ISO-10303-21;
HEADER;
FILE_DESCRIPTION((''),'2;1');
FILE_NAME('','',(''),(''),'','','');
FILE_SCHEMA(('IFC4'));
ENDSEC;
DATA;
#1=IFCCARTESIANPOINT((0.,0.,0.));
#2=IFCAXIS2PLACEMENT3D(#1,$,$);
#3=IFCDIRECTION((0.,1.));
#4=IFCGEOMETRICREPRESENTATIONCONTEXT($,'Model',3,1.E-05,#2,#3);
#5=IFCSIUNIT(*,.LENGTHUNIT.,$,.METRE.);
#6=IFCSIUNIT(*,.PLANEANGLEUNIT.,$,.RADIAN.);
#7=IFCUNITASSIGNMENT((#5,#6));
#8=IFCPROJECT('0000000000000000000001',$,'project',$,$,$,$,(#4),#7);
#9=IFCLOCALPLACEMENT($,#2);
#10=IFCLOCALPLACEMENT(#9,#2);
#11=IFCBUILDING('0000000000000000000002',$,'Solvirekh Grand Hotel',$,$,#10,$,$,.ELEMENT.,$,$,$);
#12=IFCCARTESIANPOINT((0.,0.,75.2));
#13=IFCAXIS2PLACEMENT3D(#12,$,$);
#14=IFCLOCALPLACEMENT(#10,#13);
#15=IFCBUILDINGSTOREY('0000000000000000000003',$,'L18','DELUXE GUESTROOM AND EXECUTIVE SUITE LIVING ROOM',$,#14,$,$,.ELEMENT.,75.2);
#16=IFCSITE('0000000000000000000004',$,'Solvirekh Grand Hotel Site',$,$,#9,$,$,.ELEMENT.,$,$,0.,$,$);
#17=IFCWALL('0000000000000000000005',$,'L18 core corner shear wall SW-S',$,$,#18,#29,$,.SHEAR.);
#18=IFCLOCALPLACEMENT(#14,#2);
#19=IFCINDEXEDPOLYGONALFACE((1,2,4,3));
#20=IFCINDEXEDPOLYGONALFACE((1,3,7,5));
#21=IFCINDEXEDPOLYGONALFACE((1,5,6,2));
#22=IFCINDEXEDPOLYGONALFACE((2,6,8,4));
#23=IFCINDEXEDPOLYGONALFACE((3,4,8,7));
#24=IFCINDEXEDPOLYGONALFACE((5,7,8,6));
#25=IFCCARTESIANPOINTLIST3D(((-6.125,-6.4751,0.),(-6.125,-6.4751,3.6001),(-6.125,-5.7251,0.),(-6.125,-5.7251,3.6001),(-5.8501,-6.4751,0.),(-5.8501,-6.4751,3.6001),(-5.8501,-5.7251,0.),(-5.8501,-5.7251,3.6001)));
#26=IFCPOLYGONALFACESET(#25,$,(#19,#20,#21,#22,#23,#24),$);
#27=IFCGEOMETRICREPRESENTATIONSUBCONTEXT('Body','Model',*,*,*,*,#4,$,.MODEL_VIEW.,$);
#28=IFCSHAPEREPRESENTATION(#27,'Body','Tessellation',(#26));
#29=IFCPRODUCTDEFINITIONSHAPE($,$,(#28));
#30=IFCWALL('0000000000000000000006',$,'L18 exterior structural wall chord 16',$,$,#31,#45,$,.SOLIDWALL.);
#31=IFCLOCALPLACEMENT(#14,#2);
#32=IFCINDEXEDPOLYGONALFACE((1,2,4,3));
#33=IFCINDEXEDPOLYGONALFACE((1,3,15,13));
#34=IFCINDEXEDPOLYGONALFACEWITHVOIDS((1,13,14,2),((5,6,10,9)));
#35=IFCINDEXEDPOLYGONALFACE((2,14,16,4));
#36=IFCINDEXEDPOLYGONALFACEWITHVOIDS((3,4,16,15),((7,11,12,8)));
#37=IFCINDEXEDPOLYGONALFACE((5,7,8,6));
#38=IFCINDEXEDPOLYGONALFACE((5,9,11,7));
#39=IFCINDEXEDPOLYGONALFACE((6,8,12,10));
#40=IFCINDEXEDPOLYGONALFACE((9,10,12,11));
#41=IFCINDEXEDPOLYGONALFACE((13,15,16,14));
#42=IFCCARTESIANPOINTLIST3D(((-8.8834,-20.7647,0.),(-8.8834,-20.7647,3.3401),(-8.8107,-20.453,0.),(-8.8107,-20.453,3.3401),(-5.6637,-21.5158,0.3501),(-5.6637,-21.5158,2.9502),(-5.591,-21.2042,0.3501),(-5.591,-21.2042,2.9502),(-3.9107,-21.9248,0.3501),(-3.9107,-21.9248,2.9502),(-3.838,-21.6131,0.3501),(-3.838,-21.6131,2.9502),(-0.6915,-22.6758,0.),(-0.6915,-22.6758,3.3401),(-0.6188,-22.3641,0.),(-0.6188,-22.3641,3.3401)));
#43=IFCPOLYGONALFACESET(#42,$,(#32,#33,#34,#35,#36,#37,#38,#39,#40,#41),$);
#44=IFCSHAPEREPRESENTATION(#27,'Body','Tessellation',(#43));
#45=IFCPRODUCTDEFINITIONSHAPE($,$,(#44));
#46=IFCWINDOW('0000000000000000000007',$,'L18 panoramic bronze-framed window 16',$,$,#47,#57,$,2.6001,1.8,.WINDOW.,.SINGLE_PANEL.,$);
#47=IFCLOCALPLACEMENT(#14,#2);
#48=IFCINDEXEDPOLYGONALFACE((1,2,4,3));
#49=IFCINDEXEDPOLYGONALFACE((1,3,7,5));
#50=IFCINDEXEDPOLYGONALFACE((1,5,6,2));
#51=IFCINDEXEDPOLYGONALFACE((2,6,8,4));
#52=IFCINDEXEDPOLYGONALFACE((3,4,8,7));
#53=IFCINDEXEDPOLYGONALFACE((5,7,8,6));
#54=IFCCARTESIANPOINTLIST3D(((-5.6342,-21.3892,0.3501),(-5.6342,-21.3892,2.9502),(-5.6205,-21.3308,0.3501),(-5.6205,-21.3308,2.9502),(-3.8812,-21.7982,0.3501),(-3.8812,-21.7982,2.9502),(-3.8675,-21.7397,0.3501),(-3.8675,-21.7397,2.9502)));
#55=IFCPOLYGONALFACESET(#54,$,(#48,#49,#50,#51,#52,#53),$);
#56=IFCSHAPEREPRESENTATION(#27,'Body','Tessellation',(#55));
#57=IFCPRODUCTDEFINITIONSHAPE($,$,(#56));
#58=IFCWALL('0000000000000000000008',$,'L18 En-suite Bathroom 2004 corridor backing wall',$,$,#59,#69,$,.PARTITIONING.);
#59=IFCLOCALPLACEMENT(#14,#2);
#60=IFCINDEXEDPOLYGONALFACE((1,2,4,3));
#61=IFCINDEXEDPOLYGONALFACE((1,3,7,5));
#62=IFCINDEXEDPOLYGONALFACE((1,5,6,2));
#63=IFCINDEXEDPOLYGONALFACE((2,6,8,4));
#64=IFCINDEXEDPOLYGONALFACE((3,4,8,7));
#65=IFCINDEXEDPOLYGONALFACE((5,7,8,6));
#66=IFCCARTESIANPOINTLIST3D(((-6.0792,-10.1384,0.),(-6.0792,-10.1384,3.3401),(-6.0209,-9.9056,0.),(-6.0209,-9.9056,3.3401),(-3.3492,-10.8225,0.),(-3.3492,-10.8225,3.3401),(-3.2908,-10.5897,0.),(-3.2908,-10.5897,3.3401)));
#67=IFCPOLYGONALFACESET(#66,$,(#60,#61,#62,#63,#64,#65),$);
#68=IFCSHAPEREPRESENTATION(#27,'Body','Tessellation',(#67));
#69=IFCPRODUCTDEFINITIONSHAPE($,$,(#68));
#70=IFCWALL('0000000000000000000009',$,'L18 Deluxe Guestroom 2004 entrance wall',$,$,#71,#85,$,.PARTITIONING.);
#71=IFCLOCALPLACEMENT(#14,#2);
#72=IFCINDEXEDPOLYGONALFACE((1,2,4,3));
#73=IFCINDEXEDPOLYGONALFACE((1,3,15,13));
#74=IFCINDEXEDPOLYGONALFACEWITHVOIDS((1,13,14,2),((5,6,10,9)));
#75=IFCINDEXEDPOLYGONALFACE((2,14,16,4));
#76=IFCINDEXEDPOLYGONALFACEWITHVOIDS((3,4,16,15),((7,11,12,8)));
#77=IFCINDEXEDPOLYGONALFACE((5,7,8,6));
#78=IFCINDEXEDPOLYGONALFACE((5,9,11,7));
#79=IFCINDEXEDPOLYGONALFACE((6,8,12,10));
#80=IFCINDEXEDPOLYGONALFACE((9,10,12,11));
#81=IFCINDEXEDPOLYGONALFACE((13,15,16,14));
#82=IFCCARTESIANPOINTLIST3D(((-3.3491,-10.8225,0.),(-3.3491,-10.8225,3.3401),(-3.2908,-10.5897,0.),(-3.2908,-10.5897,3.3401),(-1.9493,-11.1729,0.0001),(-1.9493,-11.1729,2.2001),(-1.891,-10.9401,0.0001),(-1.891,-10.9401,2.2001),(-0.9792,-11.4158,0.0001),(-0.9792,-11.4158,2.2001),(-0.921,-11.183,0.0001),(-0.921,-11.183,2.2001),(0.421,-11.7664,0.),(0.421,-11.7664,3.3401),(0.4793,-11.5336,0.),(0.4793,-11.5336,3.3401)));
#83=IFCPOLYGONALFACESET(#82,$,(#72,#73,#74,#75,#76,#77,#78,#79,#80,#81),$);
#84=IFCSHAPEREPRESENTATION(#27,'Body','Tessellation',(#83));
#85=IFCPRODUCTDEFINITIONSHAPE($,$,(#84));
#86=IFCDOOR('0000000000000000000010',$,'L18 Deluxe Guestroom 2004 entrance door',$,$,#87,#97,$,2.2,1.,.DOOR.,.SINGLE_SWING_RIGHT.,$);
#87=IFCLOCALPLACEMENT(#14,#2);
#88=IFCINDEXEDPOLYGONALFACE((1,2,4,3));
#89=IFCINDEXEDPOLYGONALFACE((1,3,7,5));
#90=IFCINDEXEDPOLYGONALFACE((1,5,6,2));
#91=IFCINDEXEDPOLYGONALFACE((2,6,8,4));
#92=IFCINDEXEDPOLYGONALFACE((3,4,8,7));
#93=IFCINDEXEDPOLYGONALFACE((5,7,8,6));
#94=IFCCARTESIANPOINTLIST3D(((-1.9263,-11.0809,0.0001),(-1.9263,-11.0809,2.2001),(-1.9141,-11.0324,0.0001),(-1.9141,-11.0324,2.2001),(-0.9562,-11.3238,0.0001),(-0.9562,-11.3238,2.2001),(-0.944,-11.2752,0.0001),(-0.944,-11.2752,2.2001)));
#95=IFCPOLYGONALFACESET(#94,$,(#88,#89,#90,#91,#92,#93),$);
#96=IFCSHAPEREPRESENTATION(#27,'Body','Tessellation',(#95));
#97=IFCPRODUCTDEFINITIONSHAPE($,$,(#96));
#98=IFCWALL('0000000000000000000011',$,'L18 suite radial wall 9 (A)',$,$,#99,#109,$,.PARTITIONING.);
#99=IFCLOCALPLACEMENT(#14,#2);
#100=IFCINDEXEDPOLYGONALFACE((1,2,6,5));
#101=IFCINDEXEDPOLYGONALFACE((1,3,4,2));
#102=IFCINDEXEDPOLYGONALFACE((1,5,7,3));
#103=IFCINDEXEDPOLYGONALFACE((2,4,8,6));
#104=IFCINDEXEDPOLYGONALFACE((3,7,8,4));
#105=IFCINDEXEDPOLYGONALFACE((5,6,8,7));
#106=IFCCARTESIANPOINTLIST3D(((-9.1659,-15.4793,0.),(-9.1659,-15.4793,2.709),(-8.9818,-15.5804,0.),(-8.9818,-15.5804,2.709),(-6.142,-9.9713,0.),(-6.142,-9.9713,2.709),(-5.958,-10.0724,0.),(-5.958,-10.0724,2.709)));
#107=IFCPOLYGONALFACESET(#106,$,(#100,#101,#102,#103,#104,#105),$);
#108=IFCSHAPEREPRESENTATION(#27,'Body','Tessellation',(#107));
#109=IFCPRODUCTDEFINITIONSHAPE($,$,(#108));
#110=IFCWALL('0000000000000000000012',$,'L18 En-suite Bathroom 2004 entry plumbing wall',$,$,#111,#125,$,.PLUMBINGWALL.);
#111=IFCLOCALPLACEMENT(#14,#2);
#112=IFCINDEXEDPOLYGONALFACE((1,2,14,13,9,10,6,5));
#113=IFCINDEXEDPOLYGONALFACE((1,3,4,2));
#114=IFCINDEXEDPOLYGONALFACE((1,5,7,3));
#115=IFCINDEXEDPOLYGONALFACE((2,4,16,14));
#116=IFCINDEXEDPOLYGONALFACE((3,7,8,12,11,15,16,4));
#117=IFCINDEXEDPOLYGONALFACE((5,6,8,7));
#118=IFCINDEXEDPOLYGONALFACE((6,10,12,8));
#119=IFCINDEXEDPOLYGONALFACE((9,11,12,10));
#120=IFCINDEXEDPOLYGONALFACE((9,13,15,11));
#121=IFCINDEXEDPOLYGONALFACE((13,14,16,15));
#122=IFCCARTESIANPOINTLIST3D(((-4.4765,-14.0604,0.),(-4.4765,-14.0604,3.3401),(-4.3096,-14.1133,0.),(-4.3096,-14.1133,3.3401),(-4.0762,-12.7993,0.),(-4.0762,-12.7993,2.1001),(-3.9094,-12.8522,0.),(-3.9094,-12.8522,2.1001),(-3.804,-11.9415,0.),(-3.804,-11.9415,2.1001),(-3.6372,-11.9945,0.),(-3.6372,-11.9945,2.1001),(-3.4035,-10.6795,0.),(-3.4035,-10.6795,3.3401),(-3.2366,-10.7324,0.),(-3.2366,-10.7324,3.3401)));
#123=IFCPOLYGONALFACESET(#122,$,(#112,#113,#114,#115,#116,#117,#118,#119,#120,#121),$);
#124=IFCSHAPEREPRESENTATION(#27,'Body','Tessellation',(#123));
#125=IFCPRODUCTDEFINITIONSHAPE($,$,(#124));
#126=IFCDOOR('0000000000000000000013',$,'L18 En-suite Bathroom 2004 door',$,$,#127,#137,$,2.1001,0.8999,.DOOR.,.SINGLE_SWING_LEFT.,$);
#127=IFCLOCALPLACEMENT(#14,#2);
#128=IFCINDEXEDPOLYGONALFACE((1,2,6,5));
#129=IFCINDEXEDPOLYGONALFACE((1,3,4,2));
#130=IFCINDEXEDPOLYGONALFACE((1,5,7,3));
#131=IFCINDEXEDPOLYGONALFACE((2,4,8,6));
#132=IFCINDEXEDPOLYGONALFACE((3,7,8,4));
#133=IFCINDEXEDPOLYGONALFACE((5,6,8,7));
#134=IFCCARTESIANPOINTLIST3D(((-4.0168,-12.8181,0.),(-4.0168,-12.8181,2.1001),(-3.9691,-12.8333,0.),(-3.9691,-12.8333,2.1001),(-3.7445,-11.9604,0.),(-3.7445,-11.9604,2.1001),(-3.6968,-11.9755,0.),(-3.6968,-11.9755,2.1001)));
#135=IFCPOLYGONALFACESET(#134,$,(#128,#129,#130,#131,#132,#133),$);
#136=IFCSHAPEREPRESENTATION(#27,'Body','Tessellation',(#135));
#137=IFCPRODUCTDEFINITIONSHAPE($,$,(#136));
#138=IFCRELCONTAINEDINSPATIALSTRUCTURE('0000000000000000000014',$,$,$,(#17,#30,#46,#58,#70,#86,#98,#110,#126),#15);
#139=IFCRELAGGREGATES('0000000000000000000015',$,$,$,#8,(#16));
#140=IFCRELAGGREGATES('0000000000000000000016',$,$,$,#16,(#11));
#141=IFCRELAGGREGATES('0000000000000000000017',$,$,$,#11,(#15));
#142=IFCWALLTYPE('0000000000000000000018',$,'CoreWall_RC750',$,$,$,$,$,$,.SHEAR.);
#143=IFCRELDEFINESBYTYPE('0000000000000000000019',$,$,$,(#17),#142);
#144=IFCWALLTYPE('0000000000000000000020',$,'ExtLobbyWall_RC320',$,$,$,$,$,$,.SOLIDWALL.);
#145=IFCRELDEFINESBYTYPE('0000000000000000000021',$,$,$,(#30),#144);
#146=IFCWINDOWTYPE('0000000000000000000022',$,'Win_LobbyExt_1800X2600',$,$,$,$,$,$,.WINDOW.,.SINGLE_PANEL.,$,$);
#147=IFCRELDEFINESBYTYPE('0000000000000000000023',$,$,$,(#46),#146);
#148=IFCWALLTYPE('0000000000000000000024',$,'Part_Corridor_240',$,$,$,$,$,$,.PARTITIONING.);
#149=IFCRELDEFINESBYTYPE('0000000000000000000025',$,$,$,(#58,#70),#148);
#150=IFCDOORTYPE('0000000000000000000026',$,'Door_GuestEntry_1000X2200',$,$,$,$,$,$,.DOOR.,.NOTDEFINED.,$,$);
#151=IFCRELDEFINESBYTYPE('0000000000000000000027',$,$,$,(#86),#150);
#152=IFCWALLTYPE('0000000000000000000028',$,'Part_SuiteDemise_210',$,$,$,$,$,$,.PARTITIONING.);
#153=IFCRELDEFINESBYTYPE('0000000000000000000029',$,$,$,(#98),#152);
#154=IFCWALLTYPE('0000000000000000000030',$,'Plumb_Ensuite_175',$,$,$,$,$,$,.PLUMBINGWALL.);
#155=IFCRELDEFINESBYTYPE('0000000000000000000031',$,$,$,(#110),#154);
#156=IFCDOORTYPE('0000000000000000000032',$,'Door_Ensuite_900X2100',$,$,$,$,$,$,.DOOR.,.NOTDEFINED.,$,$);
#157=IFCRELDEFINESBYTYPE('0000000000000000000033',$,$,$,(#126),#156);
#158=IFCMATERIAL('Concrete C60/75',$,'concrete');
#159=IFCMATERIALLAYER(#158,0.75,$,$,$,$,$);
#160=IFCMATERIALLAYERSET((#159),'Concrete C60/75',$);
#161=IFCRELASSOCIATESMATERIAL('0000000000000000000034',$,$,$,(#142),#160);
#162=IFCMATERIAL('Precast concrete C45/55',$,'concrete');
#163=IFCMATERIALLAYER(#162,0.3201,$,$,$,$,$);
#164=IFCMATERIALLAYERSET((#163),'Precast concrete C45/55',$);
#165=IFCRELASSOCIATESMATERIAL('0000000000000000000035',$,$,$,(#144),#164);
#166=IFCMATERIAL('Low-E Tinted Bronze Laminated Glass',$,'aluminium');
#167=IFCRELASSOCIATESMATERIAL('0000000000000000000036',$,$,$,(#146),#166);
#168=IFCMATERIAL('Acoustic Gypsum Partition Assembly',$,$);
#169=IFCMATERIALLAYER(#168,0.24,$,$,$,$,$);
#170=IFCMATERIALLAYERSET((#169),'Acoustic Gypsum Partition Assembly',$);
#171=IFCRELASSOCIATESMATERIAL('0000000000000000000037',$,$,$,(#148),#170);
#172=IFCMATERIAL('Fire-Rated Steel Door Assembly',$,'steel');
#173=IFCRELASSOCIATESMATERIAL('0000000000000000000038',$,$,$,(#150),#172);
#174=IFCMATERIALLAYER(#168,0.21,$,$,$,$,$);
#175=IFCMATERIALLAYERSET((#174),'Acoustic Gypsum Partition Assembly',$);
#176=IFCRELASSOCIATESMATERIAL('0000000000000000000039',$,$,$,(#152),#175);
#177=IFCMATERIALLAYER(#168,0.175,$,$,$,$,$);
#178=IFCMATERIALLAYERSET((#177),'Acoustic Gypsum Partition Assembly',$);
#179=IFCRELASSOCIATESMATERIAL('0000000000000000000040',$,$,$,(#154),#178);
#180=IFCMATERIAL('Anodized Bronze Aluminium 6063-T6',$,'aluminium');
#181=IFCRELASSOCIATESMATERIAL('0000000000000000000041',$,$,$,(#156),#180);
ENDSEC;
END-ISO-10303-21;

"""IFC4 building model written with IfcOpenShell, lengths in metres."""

from ifc_helpers import new_model, si_unit, direction, frame, frame_2d, origin, place, context, subcontext, project, spatial, rectangle, extrude, material, layer, layer_set, type_object, element, fill, save


model = new_model("IFC4")

# Units and contexts
model_context = context("Model", 3, precision=1e-05, world=origin(), true_north=direction((0.0, 1.0)))
body_context = subcontext(model_context, "Body", "Model", "MODEL_VIEW")
ifc_project = project(units=[si_unit("LENGTHUNIT", "METRE"), si_unit("PLANEANGLEUNIT", "RADIAN")], contexts=[model_context])

# Site, building, storey
site_placement = place(None, origin())
site = spatial("IfcSite", under=ifc_project, at=site_placement, Name="Solvirekh Grand Hotel Site", CompositionType="ELEMENT", RefElevation=0.0)
building_placement = place(site_placement, origin())
building = spatial("IfcBuilding", under=site, at=building_placement, Name="Solvirekh Grand Hotel", CompositionType="ELEMENT")
storey_placement = place(building_placement, frame((0.0, 0.0, 75.2)))
storey = spatial("IfcBuildingStorey", under=building, at=storey_placement, Name="L18", Description="DELUXE GUESTROOM AND EXECUTIVE SUITE LIVING ROOM", CompositionType="ELEMENT", Elevation=75.2)

# Shared definitions
ifc_material_1 = material(Name="Concrete C60/75", Category="concrete")

# Shared definitions
ifc_material_2 = material(Name="Fire-Rated Steel Door Assembly", Category="steel")

# Wall
ifc_layer_1 = layer(ifc_material_1, 0.75)
ifc_layer_set_1 = layer_set([ifc_layer_1], Name="Concrete C60/75")
wall_type_1 = type_object("IfcWallType", Name="CoreWall_RC750", PredefinedType="SHEAR", material=ifc_layer_set_1)
wall_1_placement = place(storey_placement, frame((-6.125, -6.1001, 0.0), z_axis=(0.0, 0.0, 1.0), x_axis=(1.0, 0.0, 0.0)))
element("IfcWall", 1, at=wall_1_placement, inside=storey, type_object=wall_type_1, Name="L18 core corner shear wall SW-S", PredefinedType="SHEAR", context=body_context, shape_type="SweptSolid", body=[
    extrude(rectangle(XDim=0.2749, YDim=0.75, at=frame_2d((0.1375, 0.0))), origin(), (0.0, 0.0, 1.0), 3.6001),
])

# Wall, opening, window
ifc_material_3 = material(Name="Precast concrete C45/55", Category="concrete")
ifc_layer_2 = layer(ifc_material_3, 0.3201)
ifc_layer_set_2 = layer_set([ifc_layer_2], Name="Precast concrete C45/55")
wall_type_2 = type_object("IfcWallType", Name="ExtLobbyWall_RC320", PredefinedType="SOLIDWALL", material=ifc_layer_set_2)
wall_2_placement = place(storey_placement, frame((-0.655, -22.52, 0.0), z_axis=(0.0, 0.0, 1.0), x_axis=(-0.973849, 0.227195, 0.0)))
wall_2 = element("IfcWall", 2, at=wall_2_placement, inside=storey, type_object=wall_type_2, Name="L18 exterior structural wall chord 16", PredefinedType="SOLIDWALL", context=body_context, shape_type="SweptSolid", body=[
    extrude(rectangle(XDim=8.4119, YDim=0.3201, at=frame_2d((4.2061, 0.0))), origin(), (0.0, 0.0, 1.0), 3.3401),
])
opening_1_placement = place(wall_2_placement, frame((3.3059, 0.0, 0.3501)))
opening_1 = element("IfcOpeningElement", 3, at=opening_1_placement, cuts=wall_2, PredefinedType="OPENING", context=body_context, shape_type="SweptSolid", body=[
    extrude(rectangle(XDim=1.8, YDim=2.6001, at=frame_2d((0.8999, 1.3))), frame((0.0, 0.1699, 0.0), z_axis=(0.0, -1.0, 0.0), x_axis=(1.0, 0.0, 0.0)), (0.0, 0.0, 1.0), 0.3401),
])
ifc_material_4 = material(Name="Low-E Tinted Bronze Laminated Glass", Category="aluminium")
window_type = type_object("IfcWindowType", Name="Win_LobbyExt_1800X2600", PartitioningType="SINGLE_PANEL", PredefinedType="WINDOW", material=ifc_material_4)
window_placement = place(opening_1_placement, origin())
window = element("IfcWindow", 4, at=window_placement, inside=storey, type_object=window_type, Name="L18 panoramic bronze-framed window 16", OverallHeight=2.6001, OverallWidth=1.8, PartitioningType="SINGLE_PANEL", PredefinedType="WINDOW", context=body_context, shape_type="SweptSolid", body=[
    extrude(rectangle(XDim=1.8, YDim=2.6001, at=frame_2d((0.8999, 1.3))), frame((0.0, 0.03, 0.0), z_axis=(0.0, -1.0, 0.0), x_axis=(1.0, 0.0, 0.0)), (0.0, 0.0, 1.0), 0.0601),
])
fill(opening_1, window)

# Wall
ifc_material_5 = material(Name="Acoustic Gypsum Partition Assembly")
ifc_layer_3 = layer(ifc_material_5, 0.24)
ifc_layer_set_3 = layer_set([ifc_layer_3], Name="Acoustic Gypsum Partition Assembly")
wall_type_3 = type_object("IfcWallType", Name="Part_Corridor_240", PredefinedType="PARTITIONING", material=ifc_layer_set_3)
wall_3_placement = place(storey_placement, frame((-6.05, -10.022, 0.0), z_axis=(0.0, 0.0, 1.0), x_axis=(0.97001, -0.243066, 0.0)))
element("IfcWall", 5, at=wall_3_placement, inside=storey, type_object=wall_type_3, Name="L18 En-suite Bathroom 2004 corridor backing wall", PredefinedType="PARTITIONING", context=body_context, shape_type="SweptSolid", body=[
    extrude(rectangle(XDim=2.8145, YDim=0.24, at=frame_2d((1.4072, 0.0))), origin(), (0.0, 0.0, 1.0), 3.3401),
])

# Wall, opening, door
wall_4_placement = place(storey_placement, frame((-3.3201, -10.7061, 0.0), z_axis=(0.0, 0.0, 1.0), x_axis=(0.970061, -0.242861, 0.0)))
wall_4 = element("IfcWall", 6, at=wall_4_placement, inside=storey, type_object=wall_type_3, Name="L18 Deluxe Guestroom 2004 entrance wall", PredefinedType="PARTITIONING", context=body_context, shape_type="SweptSolid", body=[
    extrude(rectangle(XDim=3.8865, YDim=0.24, at=frame_2d((1.9434, 0.0))), origin(), (0.0, 0.0, 1.0), 3.3401),
])
opening_2_placement = place(wall_4_placement, frame((1.4431, 0.0, 0.0)))
opening_2 = element("IfcOpeningElement", 7, at=opening_2_placement, cuts=wall_4, PredefinedType="OPENING", context=body_context, shape_type="SweptSolid", body=[
    extrude(rectangle(XDim=1.0, YDim=2.2, at=frame_2d((0.5, 1.1001))), frame((0.0, 0.1299, 0.0), z_axis=(0.0, -1.0, 0.0), x_axis=(1.0, 0.0, 0.0)), (0.0, 0.0, 1.0), 0.26),
])
door_type_1 = type_object("IfcDoorType", Name="Door_GuestEntry_1000X2200", OperationType="NOTDEFINED", PredefinedType="DOOR", material=ifc_material_2)
door_1_placement = place(opening_2_placement, origin())
door_1 = element("IfcDoor", 8, at=door_1_placement, inside=storey, type_object=door_type_1, Name="L18 Deluxe Guestroom 2004 entrance door", OperationType="SINGLE_SWING_RIGHT", OverallHeight=2.2, OverallWidth=1.0, PredefinedType="DOOR", context=body_context, shape_type="SweptSolid", body=[
    extrude(rectangle(XDim=1.0, YDim=2.2, at=frame_2d((0.5, 1.1001))), frame((0.0, 0.0249, 0.0), z_axis=(0.0, -1.0, 0.0), x_axis=(1.0, 0.0, 0.0)), (0.0, 0.0, 1.0), 0.05),
])
fill(opening_2, door_1)

# Wall
ifc_layer_4 = layer(ifc_material_5, 0.21)
ifc_layer_set_4 = layer_set([ifc_layer_4], Name="Acoustic Gypsum Partition Assembly")
wall_type_4 = type_object("IfcWallType", Name="Part_SuiteDemise_210", PredefinedType="PARTITIONING", material=ifc_layer_set_4)
wall_5_placement = place(storey_placement, frame((-6.05, -10.022, 0.0), z_axis=(0.0, 0.0, 1.0), x_axis=(-0.481246, -0.876586, 0.0)))
element("IfcWall", 9, at=wall_5_placement, inside=storey, type_object=wall_type_4, Name="L18 suite radial wall 9 (A)", PredefinedType="PARTITIONING", context=body_context, shape_type="SweptSolid", body=[
    extrude(rectangle(XDim=6.2834, YDim=0.21, at=frame_2d((3.1416, 0.0))), origin(), (0.0, 0.0, 1.0), 2.709),
])

# Wall, opening, door
ifc_layer_5 = layer(ifc_material_5, 0.175)
ifc_layer_set_5 = layer_set([ifc_layer_5], Name="Acoustic Gypsum Partition Assembly")
wall_type_5 = type_object("IfcWallType", Name="Plumb_Ensuite_175", PredefinedType="PLUMBINGWALL", material=ifc_layer_set_5)
wall_6_placement = place(storey_placement, frame((-3.3201, -10.7061, 0.0), z_axis=(0.0, 0.0, 1.0), x_axis=(-0.302505, -0.953148, 0.0)))
wall_6 = element("IfcWall", 10, at=wall_6_placement, inside=storey, type_object=wall_type_5, Name="L18 En-suite Bathroom 2004 entry plumbing wall", PredefinedType="PLUMBINGWALL", context=body_context, shape_type="SweptSolid", body=[
    extrude(rectangle(XDim=3.5471, YDim=0.175, at=frame_2d((1.7734, 0.0))), origin(), (0.0, 0.0, 1.0), 3.3401),
])
opening_3_placement = place(wall_6_placement, frame((1.324, 0.0, 0.0)))
opening_3 = element("IfcOpeningElement", 11, at=opening_3_placement, cuts=wall_6, PredefinedType="OPENING", context=body_context, shape_type="SweptSolid", body=[
    extrude(rectangle(XDim=0.8999, YDim=2.1001, at=frame_2d((0.45, 1.05))), frame((0.0, 0.0977, 0.0), z_axis=(0.0, -1.0, 0.0), x_axis=(1.0, 0.0, 0.0)), (0.0, 0.0, 1.0), 0.1951),
])
ifc_material_6 = material(Name="Anodized Bronze Aluminium 6063-T6", Category="aluminium")
door_type_2 = type_object("IfcDoorType", Name="Door_Ensuite_900X2100", OperationType="NOTDEFINED", PredefinedType="DOOR", material=ifc_material_6)
door_2_placement = place(opening_3_placement, origin())
door_2 = element("IfcDoor", 12, at=door_2_placement, inside=storey, type_object=door_type_2, Name="L18 En-suite Bathroom 2004 door", OperationType="SINGLE_SWING_LEFT", OverallHeight=2.1001, OverallWidth=0.8999, PredefinedType="DOOR", context=body_context, shape_type="SweptSolid", body=[
    extrude(rectangle(XDim=0.8999, YDim=2.1001, at=frame_2d((0.45, 1.05))), frame((0.0, 0.0249, 0.0), z_axis=(0.0, -1.0, 0.0), x_axis=(1.0, 0.0, 0.0)), (0.0, 0.0, 1.0), 0.05),
])
fill(opening_3, door_2)

save(model, "model.ifc")
